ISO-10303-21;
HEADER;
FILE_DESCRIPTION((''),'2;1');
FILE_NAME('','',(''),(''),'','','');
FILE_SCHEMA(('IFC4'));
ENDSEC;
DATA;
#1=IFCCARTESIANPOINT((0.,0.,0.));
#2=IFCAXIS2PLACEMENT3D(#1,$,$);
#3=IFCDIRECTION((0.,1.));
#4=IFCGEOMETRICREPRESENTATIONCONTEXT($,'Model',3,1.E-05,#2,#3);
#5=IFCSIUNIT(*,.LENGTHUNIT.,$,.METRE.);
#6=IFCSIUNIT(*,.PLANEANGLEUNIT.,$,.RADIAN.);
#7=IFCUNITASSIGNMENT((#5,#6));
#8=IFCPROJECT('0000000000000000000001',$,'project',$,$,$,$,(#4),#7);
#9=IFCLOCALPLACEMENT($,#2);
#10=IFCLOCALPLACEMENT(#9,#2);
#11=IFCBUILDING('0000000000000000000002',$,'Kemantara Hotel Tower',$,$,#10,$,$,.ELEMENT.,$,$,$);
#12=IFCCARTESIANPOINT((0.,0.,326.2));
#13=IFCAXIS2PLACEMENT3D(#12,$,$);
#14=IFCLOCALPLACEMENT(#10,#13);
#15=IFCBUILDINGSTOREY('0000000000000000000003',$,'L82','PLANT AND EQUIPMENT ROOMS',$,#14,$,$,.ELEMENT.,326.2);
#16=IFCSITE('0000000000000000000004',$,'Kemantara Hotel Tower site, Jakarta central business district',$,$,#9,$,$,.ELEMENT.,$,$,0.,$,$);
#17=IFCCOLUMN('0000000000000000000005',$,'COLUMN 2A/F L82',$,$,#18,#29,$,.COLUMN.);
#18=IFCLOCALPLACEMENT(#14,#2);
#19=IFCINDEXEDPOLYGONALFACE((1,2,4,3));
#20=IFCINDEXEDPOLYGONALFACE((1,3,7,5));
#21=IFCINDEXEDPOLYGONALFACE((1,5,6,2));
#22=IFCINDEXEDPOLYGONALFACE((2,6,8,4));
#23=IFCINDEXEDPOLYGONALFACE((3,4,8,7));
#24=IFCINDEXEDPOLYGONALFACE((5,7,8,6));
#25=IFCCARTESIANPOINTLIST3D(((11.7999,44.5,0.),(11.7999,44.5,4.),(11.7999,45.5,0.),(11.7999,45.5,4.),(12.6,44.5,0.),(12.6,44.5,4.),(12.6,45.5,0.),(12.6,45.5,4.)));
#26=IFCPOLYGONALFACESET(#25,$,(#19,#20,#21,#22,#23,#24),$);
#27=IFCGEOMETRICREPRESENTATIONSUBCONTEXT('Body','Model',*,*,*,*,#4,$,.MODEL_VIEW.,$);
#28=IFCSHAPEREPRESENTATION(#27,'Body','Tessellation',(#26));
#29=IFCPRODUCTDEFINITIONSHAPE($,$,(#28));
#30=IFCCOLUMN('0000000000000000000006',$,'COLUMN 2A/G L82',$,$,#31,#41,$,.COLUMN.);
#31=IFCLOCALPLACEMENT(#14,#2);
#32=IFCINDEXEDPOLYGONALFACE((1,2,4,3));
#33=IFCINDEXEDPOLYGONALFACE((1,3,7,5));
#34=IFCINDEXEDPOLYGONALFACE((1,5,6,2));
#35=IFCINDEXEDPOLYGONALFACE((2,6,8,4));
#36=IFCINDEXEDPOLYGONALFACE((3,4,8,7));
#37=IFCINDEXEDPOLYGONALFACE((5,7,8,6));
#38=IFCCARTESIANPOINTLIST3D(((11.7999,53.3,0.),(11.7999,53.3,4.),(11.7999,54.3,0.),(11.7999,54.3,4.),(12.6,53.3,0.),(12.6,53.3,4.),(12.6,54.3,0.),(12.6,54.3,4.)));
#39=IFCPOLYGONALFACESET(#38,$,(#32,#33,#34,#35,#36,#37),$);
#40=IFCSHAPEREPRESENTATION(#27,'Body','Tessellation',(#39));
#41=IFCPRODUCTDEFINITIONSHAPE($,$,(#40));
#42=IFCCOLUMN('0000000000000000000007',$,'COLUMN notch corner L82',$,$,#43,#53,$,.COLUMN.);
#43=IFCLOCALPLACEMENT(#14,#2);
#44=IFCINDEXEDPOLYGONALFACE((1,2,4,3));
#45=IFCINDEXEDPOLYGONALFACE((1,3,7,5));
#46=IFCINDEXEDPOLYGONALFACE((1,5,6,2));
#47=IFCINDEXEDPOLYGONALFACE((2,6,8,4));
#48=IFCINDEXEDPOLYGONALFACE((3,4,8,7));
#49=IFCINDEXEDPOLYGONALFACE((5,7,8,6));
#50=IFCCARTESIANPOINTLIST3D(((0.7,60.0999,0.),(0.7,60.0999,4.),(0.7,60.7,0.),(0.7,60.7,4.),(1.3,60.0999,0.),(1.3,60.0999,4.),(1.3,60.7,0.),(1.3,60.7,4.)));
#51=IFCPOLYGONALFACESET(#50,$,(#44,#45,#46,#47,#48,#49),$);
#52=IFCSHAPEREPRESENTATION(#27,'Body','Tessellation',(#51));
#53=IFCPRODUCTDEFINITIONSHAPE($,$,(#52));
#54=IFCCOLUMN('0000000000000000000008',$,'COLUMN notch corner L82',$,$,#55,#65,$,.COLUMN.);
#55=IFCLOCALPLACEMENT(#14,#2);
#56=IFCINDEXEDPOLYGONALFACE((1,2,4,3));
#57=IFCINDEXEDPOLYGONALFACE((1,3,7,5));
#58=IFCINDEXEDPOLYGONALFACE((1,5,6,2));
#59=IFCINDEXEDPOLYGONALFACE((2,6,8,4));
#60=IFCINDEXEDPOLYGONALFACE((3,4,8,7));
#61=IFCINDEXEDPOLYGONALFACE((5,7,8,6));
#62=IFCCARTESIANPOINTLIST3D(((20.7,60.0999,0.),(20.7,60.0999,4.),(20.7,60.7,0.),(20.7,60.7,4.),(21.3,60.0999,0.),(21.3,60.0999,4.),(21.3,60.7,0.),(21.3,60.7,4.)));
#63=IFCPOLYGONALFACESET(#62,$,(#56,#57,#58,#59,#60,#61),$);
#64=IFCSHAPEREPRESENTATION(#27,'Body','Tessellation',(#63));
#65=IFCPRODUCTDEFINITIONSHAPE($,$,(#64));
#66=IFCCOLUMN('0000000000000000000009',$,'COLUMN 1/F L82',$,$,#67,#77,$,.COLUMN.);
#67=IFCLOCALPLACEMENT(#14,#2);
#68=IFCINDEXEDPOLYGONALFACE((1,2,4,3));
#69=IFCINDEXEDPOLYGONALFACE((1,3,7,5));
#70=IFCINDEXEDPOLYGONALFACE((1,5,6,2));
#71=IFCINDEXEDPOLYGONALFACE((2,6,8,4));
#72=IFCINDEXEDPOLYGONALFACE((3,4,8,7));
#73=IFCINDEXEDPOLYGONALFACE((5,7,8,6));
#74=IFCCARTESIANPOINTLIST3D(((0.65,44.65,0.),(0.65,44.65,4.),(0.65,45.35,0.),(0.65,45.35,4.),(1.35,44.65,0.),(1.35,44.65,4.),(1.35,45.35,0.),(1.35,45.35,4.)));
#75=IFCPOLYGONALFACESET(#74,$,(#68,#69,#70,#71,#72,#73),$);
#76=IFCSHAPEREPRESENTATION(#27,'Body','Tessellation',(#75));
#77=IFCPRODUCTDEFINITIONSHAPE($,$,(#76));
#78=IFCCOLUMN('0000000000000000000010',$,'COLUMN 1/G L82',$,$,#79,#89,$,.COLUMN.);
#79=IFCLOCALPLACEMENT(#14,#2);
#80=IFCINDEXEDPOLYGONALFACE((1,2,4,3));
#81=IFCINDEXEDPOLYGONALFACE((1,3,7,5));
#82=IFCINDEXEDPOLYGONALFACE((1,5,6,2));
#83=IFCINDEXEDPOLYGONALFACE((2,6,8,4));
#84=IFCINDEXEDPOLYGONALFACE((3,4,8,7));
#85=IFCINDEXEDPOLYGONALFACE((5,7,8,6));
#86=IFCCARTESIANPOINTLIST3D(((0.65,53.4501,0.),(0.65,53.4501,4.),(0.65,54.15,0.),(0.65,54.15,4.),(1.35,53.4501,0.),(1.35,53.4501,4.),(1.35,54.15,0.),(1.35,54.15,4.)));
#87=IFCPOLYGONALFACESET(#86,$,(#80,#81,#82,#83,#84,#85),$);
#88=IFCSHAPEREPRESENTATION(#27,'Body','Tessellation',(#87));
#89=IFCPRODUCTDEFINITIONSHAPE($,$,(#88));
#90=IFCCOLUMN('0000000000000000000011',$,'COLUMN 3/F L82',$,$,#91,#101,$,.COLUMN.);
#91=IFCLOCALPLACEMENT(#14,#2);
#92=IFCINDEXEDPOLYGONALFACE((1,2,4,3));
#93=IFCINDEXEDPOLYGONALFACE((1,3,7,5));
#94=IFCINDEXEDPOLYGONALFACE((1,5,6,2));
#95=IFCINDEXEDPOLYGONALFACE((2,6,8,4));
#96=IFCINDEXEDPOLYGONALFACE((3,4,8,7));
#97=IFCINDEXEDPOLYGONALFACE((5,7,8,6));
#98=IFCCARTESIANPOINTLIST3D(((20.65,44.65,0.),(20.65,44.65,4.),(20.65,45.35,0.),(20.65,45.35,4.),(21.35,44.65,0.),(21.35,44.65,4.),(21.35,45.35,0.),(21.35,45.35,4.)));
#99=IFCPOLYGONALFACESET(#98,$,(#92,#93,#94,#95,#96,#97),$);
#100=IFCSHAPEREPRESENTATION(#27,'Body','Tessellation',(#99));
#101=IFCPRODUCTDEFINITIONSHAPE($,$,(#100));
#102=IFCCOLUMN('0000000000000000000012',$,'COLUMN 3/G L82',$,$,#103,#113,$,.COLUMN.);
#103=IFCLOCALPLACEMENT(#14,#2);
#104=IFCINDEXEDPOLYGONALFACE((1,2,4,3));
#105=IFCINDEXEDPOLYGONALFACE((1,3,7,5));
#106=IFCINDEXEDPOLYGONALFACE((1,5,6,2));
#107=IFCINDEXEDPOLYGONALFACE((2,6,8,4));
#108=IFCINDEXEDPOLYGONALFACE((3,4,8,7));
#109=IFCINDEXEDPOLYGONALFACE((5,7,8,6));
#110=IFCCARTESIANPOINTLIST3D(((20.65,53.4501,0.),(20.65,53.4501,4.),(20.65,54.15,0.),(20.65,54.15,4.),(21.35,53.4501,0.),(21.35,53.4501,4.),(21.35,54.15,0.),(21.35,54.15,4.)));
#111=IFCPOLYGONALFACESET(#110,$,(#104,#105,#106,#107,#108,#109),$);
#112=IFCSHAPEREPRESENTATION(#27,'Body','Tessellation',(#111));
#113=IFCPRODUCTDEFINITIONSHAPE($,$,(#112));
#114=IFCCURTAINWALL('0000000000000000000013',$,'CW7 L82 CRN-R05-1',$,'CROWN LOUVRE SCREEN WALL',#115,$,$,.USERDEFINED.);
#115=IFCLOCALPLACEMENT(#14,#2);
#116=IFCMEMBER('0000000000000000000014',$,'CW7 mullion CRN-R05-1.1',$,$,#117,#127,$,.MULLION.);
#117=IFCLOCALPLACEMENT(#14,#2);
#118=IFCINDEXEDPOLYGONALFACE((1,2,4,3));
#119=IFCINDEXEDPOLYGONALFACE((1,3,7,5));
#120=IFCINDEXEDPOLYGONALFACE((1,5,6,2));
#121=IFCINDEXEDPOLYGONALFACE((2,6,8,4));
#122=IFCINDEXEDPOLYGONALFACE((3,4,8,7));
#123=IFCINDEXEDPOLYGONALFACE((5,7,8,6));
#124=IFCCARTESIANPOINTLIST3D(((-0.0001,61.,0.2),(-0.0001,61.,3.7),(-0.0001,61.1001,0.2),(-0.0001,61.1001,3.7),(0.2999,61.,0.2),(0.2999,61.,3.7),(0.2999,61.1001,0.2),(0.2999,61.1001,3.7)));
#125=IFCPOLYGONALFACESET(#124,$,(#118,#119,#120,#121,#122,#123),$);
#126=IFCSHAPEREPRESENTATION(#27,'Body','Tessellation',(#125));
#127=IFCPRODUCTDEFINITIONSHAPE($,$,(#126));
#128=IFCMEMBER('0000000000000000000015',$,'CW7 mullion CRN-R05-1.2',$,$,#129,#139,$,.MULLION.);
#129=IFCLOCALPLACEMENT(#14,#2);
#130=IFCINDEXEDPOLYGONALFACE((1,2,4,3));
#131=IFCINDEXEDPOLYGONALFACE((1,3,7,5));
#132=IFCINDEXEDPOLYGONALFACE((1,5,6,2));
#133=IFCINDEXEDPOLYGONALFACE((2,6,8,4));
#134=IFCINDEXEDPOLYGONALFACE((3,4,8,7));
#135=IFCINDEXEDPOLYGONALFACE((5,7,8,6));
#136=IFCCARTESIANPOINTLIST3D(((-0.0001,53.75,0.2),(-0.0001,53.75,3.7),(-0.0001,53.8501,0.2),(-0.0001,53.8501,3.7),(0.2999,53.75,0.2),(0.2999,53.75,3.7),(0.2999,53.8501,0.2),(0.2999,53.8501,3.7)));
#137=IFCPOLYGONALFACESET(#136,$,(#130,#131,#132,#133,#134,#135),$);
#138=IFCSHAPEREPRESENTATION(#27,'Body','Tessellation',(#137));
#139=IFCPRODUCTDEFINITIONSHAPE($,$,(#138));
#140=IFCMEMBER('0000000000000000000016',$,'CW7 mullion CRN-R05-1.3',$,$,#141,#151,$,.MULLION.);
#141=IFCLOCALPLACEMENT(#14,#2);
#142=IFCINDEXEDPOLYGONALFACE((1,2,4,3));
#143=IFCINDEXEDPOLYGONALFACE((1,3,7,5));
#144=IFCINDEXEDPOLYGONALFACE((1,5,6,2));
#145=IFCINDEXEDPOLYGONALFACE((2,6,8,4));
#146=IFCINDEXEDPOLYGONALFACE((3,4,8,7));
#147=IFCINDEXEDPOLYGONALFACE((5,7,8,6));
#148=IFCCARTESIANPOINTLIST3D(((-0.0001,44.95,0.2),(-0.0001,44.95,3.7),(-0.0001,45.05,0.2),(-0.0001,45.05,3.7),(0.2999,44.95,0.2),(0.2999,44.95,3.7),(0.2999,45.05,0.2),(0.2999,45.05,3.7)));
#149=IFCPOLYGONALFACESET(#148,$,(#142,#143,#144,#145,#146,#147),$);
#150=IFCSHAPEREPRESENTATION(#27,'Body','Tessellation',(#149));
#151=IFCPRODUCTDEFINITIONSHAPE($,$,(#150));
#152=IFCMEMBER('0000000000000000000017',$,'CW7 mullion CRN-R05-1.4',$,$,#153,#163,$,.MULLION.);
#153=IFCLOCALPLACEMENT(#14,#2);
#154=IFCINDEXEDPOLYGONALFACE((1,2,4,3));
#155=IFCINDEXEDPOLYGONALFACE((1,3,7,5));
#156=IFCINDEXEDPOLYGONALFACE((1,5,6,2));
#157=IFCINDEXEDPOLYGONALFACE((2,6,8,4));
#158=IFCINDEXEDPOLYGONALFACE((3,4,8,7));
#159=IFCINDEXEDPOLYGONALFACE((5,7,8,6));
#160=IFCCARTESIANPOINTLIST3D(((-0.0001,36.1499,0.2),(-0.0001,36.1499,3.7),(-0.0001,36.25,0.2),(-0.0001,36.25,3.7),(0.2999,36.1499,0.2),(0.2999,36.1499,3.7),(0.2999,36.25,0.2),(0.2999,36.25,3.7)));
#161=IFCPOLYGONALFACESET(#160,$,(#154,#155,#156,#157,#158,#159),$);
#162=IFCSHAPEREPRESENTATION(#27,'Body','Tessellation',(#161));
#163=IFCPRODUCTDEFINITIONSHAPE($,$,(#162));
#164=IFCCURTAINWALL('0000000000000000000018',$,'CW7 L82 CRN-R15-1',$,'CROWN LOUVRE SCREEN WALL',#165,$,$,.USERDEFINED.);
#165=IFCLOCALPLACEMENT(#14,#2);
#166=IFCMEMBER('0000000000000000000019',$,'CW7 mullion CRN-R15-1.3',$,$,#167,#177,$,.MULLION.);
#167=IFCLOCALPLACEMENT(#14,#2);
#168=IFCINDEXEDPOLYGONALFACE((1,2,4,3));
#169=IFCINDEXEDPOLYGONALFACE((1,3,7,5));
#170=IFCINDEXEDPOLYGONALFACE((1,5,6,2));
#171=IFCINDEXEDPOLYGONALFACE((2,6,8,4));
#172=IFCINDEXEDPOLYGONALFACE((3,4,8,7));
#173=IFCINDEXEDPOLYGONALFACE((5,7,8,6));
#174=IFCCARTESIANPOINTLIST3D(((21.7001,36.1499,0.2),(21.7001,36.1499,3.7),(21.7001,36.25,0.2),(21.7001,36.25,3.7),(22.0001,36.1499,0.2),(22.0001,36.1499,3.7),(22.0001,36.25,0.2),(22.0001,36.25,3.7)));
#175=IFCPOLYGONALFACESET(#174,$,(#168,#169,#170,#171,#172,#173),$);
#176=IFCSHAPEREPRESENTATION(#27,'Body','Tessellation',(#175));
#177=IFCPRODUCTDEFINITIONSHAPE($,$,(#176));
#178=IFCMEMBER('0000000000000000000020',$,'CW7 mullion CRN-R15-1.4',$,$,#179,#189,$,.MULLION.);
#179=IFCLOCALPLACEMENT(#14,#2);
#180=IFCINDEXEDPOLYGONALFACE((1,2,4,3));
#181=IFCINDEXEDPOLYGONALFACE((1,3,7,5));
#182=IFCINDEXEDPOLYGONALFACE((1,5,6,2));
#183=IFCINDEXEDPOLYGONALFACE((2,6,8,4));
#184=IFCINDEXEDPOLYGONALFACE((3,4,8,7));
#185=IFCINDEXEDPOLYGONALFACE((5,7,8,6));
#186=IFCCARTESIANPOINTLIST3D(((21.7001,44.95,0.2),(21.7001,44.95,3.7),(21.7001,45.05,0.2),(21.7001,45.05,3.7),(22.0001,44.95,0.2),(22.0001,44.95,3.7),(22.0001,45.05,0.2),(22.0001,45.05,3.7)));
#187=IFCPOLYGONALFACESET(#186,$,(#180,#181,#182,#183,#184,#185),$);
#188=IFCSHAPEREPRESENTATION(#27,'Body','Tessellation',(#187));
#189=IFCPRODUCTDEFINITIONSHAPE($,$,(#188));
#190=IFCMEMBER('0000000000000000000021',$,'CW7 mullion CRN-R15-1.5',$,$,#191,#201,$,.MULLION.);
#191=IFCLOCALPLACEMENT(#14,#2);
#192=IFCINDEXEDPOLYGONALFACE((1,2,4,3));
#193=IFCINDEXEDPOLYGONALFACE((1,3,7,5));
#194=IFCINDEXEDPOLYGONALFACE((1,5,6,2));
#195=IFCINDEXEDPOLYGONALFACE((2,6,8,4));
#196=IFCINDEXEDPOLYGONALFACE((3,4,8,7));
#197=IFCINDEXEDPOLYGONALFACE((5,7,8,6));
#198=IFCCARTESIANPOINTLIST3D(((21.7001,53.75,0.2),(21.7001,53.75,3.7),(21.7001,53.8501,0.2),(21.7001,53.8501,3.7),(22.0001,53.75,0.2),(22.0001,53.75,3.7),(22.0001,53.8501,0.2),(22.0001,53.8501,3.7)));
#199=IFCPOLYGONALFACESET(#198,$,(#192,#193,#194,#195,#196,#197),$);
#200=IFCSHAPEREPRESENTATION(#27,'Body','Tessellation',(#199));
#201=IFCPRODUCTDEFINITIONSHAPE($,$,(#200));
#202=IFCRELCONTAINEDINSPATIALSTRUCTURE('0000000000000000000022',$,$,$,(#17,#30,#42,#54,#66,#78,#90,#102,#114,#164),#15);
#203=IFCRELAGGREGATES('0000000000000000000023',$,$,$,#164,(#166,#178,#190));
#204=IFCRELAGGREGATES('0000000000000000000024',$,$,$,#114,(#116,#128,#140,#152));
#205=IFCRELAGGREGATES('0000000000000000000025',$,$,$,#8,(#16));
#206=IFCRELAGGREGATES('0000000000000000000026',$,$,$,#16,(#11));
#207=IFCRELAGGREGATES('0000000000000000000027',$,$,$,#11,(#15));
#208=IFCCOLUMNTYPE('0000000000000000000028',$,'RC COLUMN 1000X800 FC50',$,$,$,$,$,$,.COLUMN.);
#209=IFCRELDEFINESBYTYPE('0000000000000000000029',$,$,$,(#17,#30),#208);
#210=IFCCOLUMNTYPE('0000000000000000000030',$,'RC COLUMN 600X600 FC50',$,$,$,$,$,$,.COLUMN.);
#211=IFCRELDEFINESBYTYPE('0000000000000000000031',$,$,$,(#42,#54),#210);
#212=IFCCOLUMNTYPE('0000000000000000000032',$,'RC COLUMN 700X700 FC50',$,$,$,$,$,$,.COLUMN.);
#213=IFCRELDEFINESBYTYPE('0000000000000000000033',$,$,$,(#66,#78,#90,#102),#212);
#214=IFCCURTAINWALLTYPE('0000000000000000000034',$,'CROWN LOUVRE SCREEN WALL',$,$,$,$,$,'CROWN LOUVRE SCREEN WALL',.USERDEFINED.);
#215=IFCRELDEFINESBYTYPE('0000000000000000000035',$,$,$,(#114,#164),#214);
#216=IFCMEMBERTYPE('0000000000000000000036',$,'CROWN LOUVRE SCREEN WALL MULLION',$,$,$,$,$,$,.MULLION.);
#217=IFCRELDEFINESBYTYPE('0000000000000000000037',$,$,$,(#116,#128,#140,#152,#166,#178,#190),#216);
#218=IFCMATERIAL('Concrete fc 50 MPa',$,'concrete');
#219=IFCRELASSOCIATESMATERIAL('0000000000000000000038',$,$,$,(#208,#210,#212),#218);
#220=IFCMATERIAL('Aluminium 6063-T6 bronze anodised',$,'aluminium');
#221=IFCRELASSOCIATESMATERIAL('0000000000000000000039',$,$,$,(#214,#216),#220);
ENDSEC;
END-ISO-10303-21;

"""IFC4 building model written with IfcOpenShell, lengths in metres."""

from ifc_helpers import new_model, si_unit, direction, frame, origin, origin_2d, place, context, subcontext, project, spatial, rectangle, extrude, source, transform, mapped, material, material_profile, profile_set, type_object, element, aggregate, save


model = new_model("IFC4")

# Units and contexts
model_context = context("Model", 3, precision=1e-05, world=origin(), true_north=direction((0.0, 1.0)))
body_context = subcontext(model_context, "Body", "Model", "MODEL_VIEW")
ifc_project = project(units=[si_unit("LENGTHUNIT", "METRE"), si_unit("PLANEANGLEUNIT", "RADIAN")], contexts=[model_context])

# Site, building, storey
site_placement = place(None, origin())
site = spatial("IfcSite", under=ifc_project, at=site_placement, Name="Kemantara Hotel Tower site, Jakarta central business district", CompositionType="ELEMENT", RefElevation=0.0)
building_placement = place(site_placement, origin())
building = spatial("IfcBuilding", under=site, at=building_placement, Name="Kemantara Hotel Tower", CompositionType="ELEMENT")
storey_placement = place(building_placement, frame((0.0, 0.0, 326.2)))
storey = spatial("IfcBuildingStorey", under=building, at=storey_placement, Name="L82", Description="PLANT AND EQUIPMENT ROOMS", CompositionType="ELEMENT", Elevation=326.2)

# Columns
ifc_material_1 = material(Name="Concrete fc 50 MPa", Category="concrete")
ifc_material_profile_1 = material_profile(ifc_material_1, rectangle(XDim=1.0, YDim=0.8, at=origin_2d()), Name="RC 1000X800")
ifc_profile_set_1 = profile_set([ifc_material_profile_1], Name="Concrete fc 50 MPa")
column_type_1 = type_object("IfcColumnType", Name="RC COLUMN 1000X800 FC50", PredefinedType="COLUMN", material=ifc_profile_set_1)
for number, where, z_axis, x_axis, name in (
    (1, (12.2, 45.0, 0.0), (0.0, 0.0, 1.0), (0.0, 1.0, 0.0), "COLUMN 2A/F L82"),
    (2, (12.2, 53.8, 0.0), (0.0, 0.0, 1.0), (0.0, 1.0, 0.0), "COLUMN 2A/G L82"),
):
    element("IfcColumn", number, at=place(storey_placement, frame(where, z_axis=z_axis, x_axis=x_axis)), inside=storey, type_object=column_type_1, Name=name, PredefinedType="COLUMN", context=body_context, shape_type="SweptSolid", body=[
        extrude(rectangle(XDim=1.0, YDim=0.8, at=origin_2d()), origin(), (0.0, 0.0, 1.0), 4.0),
    ])
ifc_material_profile_2 = material_profile(ifc_material_1, rectangle(XDim=0.6001, YDim=0.6001, at=origin_2d()), Name="RC 600X600")
ifc_profile_set_2 = profile_set([ifc_material_profile_2], Name="Concrete fc 50 MPa")
column_type_2 = type_object("IfcColumnType", Name="RC COLUMN 600X600 FC50", PredefinedType="COLUMN", material=ifc_profile_set_2)
for number, where, z_axis, x_axis, name in (
    (3, (1.0, 60.3999, 0.0), (0.0, 0.0, 1.0), (1.0, 0.0, 0.0), "COLUMN notch corner L82"),
    (4, (21.0, 60.3999, 0.0), (0.0, 0.0, 1.0), (1.0, 0.0, 0.0), "COLUMN notch corner L82"),
):
    element("IfcColumn", number, at=place(storey_placement, frame(where, z_axis=z_axis, x_axis=x_axis)), inside=storey, type_object=column_type_2, Name=name, PredefinedType="COLUMN", context=body_context, shape_type="SweptSolid", body=[
        extrude(rectangle(XDim=0.6001, YDim=0.6001, at=origin_2d()), origin(), (0.0, 0.0, 1.0), 4.0),
    ])
ifc_material_profile_3 = material_profile(ifc_material_1, rectangle(XDim=0.7, YDim=0.7, at=origin_2d()), Name="RC 700X700")
ifc_profile_set_3 = profile_set([ifc_material_profile_3], Name="Concrete fc 50 MPa")
column_type_3 = type_object("IfcColumnType", Name="RC COLUMN 700X700 FC50", PredefinedType="COLUMN", material=ifc_profile_set_3)
for number, where, z_axis, x_axis, name in (
    (5, (1.0, 45.0, 0.0), (0.0, 0.0, 1.0), (1.0, 0.0, 0.0), "COLUMN 1/F L82"),
    (6, (1.0, 53.8, 0.0), (0.0, 0.0, 1.0), (1.0, 0.0, 0.0), "COLUMN 1/G L82"),
    (7, (21.0, 45.0, 0.0), (0.0, 0.0, 1.0), (1.0, 0.0, 0.0), "COLUMN 3/F L82"),
    (8, (21.0, 53.8, 0.0), (0.0, 0.0, 1.0), (1.0, 0.0, 0.0), "COLUMN 3/G L82"),
):
    element("IfcColumn", number, at=place(storey_placement, frame(where, z_axis=z_axis, x_axis=x_axis)), inside=storey, type_object=column_type_3, Name=name, PredefinedType="COLUMN", context=body_context, shape_type="SweptSolid", body=[
        extrude(rectangle(XDim=0.7, YDim=0.7, at=origin_2d()), origin(), (0.0, 0.0, 1.0), 4.0),
    ])

# Curtain walls, members
ifc_material_2 = material(Name="Aluminium 6063-T6 bronze anodised", Category="aluminium")
curtain_wall_type = type_object("IfcCurtainWallType", Name="CROWN LOUVRE SCREEN WALL", ElementType="CROWN LOUVRE SCREEN WALL", PredefinedType="USERDEFINED", material=ifc_material_2)
curtain_wall_1_placement = place(storey_placement, origin())
curtain_wall_1 = element("IfcCurtainWall", 9, at=curtain_wall_1_placement, inside=storey, type_object=curtain_wall_type, Name="CW7 L82 CRN-R05-1", ObjectType="CROWN LOUVRE SCREEN WALL", PredefinedType="USERDEFINED")
ifc_material_profile_4 = material_profile(ifc_material_2, rectangle(XDim=0.3, YDim=0.1001, at=origin_2d()), Name="CROWN LOUVRE SCREEN WALL MULLION")
ifc_profile_set_4 = profile_set([ifc_material_profile_4], Name="Aluminium 6063-T6 bronze anodised")
member_type = type_object("IfcMemberType", Name="CROWN LOUVRE SCREEN WALL MULLION", PredefinedType="MULLION", material=ifc_profile_set_4)
shared_shape_1 = source(origin(), body_context, "Body", "SweptSolid", [
    extrude(rectangle(XDim=0.3, YDim=0.1001, at=origin_2d()), origin(), (0.0, 0.0, 1.0), 3.5),
])
member_1_placement = place(storey_placement, frame((0.1499, 61.05, 0.2), z_axis=(0.0, 0.0, 1.0), x_axis=(1.0, 0.0, 0.0)))
member_1 = element("IfcMember", 10, at=member_1_placement, type_object=member_type, Name="CW7 mullion CRN-R05-1.1", PredefinedType="MULLION", context=body_context, shape_type="MappedRepresentation", body=[
    mapped(shared_shape_1, transform((0.0, 0.0, 0.0))),
])
member_2_placement = place(storey_placement, frame((0.1499, 53.8, 0.2), z_axis=(0.0, 0.0, 1.0), x_axis=(1.0, 0.0, 0.0)))
member_2 = element("IfcMember", 11, at=member_2_placement, type_object=member_type, Name="CW7 mullion CRN-R05-1.2", PredefinedType="MULLION", context=body_context, shape_type="MappedRepresentation", body=[
    mapped(shared_shape_1, transform((0.0, 0.0, 0.0))),
])
member_3_placement = place(storey_placement, frame((0.1499, 45.0, 0.2), z_axis=(0.0, 0.0, 1.0), x_axis=(1.0, 0.0, 0.0)))
member_3 = element("IfcMember", 12, at=member_3_placement, type_object=member_type, Name="CW7 mullion CRN-R05-1.3", PredefinedType="MULLION", context=body_context, shape_type="MappedRepresentation", body=[
    mapped(shared_shape_1, transform((0.0, 0.0, 0.0))),
])
member_4_placement = place(storey_placement, frame((0.1499, 36.2, 0.2), z_axis=(0.0, 0.0, 1.0), x_axis=(1.0, 0.0, 0.0)))
member_4 = element("IfcMember", 13, at=member_4_placement, type_object=member_type, Name="CW7 mullion CRN-R05-1.4", PredefinedType="MULLION", context=body_context, shape_type="MappedRepresentation", body=[
    mapped(shared_shape_1, transform((0.0, 0.0, 0.0))),
])
curtain_wall_2_placement = place(storey_placement, origin())
curtain_wall_2 = element("IfcCurtainWall", 14, at=curtain_wall_2_placement, inside=storey, type_object=curtain_wall_type, Name="CW7 L82 CRN-R15-1", ObjectType="CROWN LOUVRE SCREEN WALL", PredefinedType="USERDEFINED")
member_5_placement = place(storey_placement, frame((21.8501, 36.2, 0.2), z_axis=(0.0, 0.0, 1.0), x_axis=(-1.0, 0.0, 0.0)))
member_5 = element("IfcMember", 15, at=member_5_placement, type_object=member_type, Name="CW7 mullion CRN-R15-1.3", PredefinedType="MULLION", context=body_context, shape_type="MappedRepresentation", body=[
    mapped(shared_shape_1, transform((0.0, 0.0, 0.0))),
])
member_6_placement = place(storey_placement, frame((21.8501, 45.0, 0.2), z_axis=(0.0, 0.0, 1.0), x_axis=(-1.0, 0.0, 0.0)))
member_6 = element("IfcMember", 16, at=member_6_placement, type_object=member_type, Name="CW7 mullion CRN-R15-1.4", PredefinedType="MULLION", context=body_context, shape_type="MappedRepresentation", body=[
    mapped(shared_shape_1, transform((0.0, 0.0, 0.0))),
])
member_7_placement = place(storey_placement, frame((21.8501, 53.8, 0.2), z_axis=(0.0, 0.0, 1.0), x_axis=(-1.0, 0.0, 0.0)))
member_7 = element("IfcMember", 17, at=member_7_placement, type_object=member_type, Name="CW7 mullion CRN-R15-1.5", PredefinedType="MULLION", context=body_context, shape_type="MappedRepresentation", body=[
    mapped(shared_shape_1, transform((0.0, 0.0, 0.0))),
])

aggregate(curtain_wall_2, [member_5, member_6, member_7])
aggregate(curtain_wall_1, [member_1, member_2, member_3, member_4])

save(model, "model.ifc")
